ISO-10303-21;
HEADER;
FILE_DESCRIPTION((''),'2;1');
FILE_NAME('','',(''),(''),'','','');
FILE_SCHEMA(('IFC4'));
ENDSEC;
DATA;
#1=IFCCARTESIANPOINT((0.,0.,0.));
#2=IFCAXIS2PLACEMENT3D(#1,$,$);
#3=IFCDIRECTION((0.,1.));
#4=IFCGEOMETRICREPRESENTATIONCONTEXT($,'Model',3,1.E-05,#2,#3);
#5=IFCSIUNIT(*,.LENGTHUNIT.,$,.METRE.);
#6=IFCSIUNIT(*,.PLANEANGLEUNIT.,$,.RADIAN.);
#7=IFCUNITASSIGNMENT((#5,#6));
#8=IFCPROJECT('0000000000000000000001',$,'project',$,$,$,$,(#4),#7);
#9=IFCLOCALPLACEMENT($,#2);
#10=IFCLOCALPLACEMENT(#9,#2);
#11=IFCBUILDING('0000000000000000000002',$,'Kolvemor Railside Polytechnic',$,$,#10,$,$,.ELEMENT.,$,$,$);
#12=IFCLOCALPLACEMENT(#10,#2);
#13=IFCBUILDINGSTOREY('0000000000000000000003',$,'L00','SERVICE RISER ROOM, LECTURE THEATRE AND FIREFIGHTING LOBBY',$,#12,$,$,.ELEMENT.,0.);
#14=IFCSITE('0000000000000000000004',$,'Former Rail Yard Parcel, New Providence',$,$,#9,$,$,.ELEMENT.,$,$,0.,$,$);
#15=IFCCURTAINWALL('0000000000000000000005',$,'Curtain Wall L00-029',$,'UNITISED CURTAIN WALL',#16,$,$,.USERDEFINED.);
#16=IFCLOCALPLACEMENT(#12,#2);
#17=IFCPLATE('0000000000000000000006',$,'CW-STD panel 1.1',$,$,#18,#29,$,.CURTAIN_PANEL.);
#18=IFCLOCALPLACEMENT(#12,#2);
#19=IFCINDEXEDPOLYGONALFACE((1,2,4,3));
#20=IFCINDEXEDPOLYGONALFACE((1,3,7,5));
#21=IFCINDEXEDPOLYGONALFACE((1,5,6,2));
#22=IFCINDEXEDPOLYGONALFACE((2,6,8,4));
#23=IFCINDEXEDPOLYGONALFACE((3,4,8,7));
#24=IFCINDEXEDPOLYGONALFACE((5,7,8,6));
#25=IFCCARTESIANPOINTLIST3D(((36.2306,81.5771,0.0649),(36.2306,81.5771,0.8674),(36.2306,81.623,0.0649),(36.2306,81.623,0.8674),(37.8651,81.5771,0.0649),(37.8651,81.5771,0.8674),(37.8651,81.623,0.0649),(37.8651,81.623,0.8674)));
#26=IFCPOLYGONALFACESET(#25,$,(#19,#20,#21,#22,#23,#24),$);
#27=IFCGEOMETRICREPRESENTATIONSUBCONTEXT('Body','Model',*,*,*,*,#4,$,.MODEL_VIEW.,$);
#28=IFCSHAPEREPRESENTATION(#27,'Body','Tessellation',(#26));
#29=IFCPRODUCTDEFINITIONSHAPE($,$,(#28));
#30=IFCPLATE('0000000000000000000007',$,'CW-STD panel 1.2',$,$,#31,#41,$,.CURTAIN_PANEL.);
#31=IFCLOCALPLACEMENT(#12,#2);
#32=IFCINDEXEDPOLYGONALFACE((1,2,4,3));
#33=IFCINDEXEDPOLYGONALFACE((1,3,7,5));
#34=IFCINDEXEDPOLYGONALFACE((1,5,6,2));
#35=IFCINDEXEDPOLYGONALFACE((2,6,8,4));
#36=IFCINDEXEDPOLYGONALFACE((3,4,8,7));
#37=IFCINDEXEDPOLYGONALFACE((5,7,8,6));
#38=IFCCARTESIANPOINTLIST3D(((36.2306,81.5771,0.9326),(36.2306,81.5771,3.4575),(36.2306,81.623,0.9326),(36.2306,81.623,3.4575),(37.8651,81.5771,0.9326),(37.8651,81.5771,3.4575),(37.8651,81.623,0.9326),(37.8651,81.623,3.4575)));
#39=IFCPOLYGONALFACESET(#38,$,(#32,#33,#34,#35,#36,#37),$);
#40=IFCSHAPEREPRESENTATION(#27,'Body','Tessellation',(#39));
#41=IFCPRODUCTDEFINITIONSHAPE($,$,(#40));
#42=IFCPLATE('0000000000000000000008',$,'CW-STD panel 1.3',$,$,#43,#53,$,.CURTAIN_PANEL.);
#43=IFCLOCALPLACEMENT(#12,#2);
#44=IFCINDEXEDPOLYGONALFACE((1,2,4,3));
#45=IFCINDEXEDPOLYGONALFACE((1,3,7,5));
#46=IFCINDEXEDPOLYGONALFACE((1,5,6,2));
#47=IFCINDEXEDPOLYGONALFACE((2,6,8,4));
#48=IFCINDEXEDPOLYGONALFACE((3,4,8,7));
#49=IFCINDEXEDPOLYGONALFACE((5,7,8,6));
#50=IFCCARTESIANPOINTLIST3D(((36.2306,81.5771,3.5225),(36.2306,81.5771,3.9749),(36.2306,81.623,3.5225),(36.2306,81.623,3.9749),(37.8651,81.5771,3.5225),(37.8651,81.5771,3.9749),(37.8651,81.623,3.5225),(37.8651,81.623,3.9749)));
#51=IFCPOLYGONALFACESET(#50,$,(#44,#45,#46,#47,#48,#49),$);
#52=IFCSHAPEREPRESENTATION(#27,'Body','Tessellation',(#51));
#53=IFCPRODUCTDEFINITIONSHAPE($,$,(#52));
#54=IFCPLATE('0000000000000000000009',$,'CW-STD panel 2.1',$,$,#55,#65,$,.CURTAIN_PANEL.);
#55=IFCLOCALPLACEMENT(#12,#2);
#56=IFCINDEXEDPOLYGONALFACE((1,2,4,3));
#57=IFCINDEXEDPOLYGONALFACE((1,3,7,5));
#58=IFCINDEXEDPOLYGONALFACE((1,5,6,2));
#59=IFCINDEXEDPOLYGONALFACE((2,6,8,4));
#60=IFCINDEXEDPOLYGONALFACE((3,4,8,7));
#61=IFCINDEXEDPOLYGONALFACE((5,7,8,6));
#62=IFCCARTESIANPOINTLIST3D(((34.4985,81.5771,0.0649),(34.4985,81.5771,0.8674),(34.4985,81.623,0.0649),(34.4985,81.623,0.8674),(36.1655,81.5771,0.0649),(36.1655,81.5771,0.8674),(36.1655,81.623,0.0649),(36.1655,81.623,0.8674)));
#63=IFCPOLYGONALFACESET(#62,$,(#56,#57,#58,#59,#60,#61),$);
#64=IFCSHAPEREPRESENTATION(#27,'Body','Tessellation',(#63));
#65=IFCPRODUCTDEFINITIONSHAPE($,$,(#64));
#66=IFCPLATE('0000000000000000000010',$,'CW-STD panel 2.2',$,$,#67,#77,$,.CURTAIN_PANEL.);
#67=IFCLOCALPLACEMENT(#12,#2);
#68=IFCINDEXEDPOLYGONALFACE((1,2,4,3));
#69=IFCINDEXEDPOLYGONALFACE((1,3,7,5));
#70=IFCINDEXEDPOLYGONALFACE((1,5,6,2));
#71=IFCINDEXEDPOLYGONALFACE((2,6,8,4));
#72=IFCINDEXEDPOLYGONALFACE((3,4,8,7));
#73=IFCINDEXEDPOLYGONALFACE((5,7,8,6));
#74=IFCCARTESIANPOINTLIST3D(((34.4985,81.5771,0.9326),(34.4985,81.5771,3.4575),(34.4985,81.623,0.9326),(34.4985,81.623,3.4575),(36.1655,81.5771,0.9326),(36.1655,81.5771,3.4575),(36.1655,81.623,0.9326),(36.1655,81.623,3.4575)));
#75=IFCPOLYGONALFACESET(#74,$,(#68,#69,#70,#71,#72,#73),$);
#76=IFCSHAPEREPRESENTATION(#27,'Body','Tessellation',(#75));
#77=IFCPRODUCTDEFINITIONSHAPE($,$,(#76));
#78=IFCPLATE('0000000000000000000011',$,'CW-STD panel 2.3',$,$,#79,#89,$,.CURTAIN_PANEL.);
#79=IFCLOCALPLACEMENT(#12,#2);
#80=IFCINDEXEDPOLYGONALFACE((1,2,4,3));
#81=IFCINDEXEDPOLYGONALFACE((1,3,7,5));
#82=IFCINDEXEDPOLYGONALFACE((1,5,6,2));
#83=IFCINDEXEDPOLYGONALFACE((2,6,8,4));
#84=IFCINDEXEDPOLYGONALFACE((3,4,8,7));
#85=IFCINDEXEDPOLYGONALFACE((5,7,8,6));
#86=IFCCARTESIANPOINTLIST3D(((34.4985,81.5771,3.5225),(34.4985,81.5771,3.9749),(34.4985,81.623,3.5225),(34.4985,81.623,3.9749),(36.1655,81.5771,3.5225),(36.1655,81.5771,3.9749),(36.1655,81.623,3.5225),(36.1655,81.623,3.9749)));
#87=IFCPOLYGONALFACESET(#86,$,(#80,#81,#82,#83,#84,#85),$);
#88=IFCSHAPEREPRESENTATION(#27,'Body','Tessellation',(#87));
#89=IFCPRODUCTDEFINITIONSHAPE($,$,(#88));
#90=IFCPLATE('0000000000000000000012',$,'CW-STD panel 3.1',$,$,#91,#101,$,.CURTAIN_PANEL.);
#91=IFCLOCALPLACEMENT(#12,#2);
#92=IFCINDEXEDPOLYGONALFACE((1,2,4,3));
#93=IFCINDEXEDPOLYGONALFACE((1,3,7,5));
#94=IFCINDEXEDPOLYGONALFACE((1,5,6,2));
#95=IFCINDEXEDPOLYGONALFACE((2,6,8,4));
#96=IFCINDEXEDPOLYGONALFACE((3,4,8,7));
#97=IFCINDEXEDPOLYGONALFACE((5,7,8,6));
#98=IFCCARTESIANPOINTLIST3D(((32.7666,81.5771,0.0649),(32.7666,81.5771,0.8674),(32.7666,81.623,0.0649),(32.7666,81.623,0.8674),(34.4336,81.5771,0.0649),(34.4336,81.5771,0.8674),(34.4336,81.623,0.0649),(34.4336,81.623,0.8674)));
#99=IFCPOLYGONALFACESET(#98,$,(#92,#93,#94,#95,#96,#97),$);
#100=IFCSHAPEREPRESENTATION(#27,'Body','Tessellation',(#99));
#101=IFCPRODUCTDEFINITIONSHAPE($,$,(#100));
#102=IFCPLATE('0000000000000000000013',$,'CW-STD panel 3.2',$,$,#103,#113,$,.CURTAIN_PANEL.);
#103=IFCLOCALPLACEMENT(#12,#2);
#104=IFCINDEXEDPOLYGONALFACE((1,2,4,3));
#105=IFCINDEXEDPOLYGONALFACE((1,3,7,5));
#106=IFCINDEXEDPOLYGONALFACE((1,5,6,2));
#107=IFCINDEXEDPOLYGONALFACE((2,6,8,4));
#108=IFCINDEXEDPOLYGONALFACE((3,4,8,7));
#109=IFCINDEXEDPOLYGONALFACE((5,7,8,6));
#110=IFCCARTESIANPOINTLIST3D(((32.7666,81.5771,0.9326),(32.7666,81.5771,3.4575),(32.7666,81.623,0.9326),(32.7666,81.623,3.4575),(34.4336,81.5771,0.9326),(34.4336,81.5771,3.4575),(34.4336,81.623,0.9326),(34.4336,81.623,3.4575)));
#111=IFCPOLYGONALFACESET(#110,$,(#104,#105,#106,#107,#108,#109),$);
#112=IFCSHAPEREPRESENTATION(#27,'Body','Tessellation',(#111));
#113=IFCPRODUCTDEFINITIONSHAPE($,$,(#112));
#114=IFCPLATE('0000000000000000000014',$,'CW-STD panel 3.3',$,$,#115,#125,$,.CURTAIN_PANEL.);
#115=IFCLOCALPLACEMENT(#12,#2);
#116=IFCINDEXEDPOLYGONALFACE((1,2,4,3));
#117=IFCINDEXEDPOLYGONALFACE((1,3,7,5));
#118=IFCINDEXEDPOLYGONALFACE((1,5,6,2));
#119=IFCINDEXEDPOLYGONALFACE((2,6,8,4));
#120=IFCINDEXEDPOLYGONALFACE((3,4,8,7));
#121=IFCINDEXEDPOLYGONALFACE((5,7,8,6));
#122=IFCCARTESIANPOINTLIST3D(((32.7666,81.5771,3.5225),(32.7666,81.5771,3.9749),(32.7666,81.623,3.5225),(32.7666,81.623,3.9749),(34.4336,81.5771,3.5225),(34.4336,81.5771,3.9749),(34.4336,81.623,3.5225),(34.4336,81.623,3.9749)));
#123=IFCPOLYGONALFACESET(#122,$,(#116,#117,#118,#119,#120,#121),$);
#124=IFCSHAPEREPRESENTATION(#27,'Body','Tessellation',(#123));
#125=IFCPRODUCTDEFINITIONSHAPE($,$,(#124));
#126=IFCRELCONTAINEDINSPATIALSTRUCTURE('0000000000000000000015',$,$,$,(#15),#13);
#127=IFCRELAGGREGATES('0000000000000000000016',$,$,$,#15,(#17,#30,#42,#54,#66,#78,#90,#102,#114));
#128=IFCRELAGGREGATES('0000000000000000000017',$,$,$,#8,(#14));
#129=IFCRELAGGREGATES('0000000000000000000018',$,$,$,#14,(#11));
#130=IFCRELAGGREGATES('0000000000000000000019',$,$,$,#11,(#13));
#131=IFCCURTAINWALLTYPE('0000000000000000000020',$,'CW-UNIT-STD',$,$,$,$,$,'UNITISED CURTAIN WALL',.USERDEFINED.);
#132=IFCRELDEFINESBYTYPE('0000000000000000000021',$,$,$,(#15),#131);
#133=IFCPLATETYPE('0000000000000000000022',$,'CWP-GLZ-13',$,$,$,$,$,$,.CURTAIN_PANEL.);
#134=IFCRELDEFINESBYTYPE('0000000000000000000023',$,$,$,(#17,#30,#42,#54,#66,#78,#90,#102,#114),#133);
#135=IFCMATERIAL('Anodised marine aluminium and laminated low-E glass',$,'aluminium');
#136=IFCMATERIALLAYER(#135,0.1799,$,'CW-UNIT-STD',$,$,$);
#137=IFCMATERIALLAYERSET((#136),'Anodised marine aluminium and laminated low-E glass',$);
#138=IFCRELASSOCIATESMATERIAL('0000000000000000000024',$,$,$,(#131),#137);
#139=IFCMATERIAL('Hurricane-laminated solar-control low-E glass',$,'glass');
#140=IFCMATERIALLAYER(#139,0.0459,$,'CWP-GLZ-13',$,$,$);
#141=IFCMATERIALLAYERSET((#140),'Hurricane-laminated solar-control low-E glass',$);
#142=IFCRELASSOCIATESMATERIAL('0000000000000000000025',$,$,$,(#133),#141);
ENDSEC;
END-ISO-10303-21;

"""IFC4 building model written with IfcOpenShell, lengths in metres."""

from ifc_helpers import new_model, si_unit, direction, frame, origin, origin_2d, place, context, subcontext, project, spatial, rectangle, extrude, material, layer, layer_set, type_object, element, aggregate, save


model = new_model("IFC4")

# Units and contexts
model_context = context("Model", 3, precision=1e-05, world=origin(), true_north=direction((0.0, 1.0)))
body_context = subcontext(model_context, "Body", "Model", "MODEL_VIEW")
ifc_project = project(units=[si_unit("LENGTHUNIT", "METRE"), si_unit("PLANEANGLEUNIT", "RADIAN")], contexts=[model_context])

# Site, building, storey
site_placement = place(None, origin())
site = spatial("IfcSite", under=ifc_project, at=site_placement, Name="Former Rail Yard Parcel, New Providence", CompositionType="ELEMENT", RefElevation=0.0)
building_placement = place(site_placement, origin())
building = spatial("IfcBuilding", under=site, at=building_placement, Name="Kolvemor Railside Polytechnic", CompositionType="ELEMENT")
storey_placement = place(building_placement, origin())
storey = spatial("IfcBuildingStorey", under=building, at=storey_placement, Name="L00", Description="SERVICE RISER ROOM, LECTURE THEATRE AND FIREFIGHTING LOBBY", CompositionType="ELEMENT", Elevation=0.0)

# Curtain wall, plates
ifc_material_1 = material(Name="Anodised marine aluminium and laminated low-E glass", Category="aluminium")
ifc_layer_1 = layer(ifc_material_1, 0.1799, Name="CW-UNIT-STD")
ifc_layer_set_1 = layer_set([ifc_layer_1], Name="Anodised marine aluminium and laminated low-E glass")
curtain_wall_type = type_object("IfcCurtainWallType", Name="CW-UNIT-STD", ElementType="UNITISED CURTAIN WALL", PredefinedType="USERDEFINED", material=ifc_layer_set_1)
curtain_wall_placement = place(storey_placement, origin())
curtain_wall = element("IfcCurtainWall", 1, at=curtain_wall_placement, inside=storey, type_object=curtain_wall_type, Name="Curtain Wall L00-029", ObjectType="UNITISED CURTAIN WALL", PredefinedType="USERDEFINED")
ifc_material_2 = material(Name="Hurricane-laminated solar-control low-E glass", Category="glass")
ifc_layer_2 = layer(ifc_material_2, 0.0459, Name="CWP-GLZ-13")
ifc_layer_set_2 = layer_set([ifc_layer_2], Name="Hurricane-laminated solar-control low-E glass")
plate_type = type_object("IfcPlateType", Name="CWP-GLZ-13", PredefinedType="CURTAIN_PANEL", material=ifc_layer_set_2)
plate_1_placement = place(storey_placement, frame((37.0479, 81.6001, 0.0649), z_axis=(0.0, 0.0, 1.0), x_axis=(-1.0, 0.0, 0.0)))
plate_1 = element("IfcPlate", 2, at=plate_1_placement, type_object=plate_type, Name="CW-STD panel 1.1", PredefinedType="CURTAIN_PANEL", context=body_context, shape_type="SweptSolid", body=[
    extrude(rectangle(XDim=1.6345, YDim=0.0459, at=origin_2d()), origin(), (0.0, 0.0, 1.0), 0.8025),
])
plate_2_placement = place(storey_placement, frame((37.0479, 81.6001, 0.9326), z_axis=(0.0, 0.0, 1.0), x_axis=(-1.0, 0.0, 0.0)))
plate_2 = element("IfcPlate", 3, at=plate_2_placement, type_object=plate_type, Name="CW-STD panel 1.2", PredefinedType="CURTAIN_PANEL", context=body_context, shape_type="SweptSolid", body=[
    extrude(rectangle(XDim=1.6345, YDim=0.0459, at=origin_2d()), origin(), (0.0, 0.0, 1.0), 2.5249),
])
plate_3_placement = place(storey_placement, frame((37.0479, 81.6001, 3.5225), z_axis=(0.0, 0.0, 1.0), x_axis=(-1.0, 0.0, 0.0)))
plate_3 = element("IfcPlate", 4, at=plate_3_placement, type_object=plate_type, Name="CW-STD panel 1.3", PredefinedType="CURTAIN_PANEL", context=body_context, shape_type="SweptSolid", body=[
    extrude(rectangle(XDim=1.6345, YDim=0.0459, at=origin_2d()), origin(), (0.0, 0.0, 1.0), 0.4524),
])
plate_4_placement = place(storey_placement, frame((35.332, 81.6001, 0.0649), z_axis=(0.0, 0.0, 1.0), x_axis=(-1.0, 0.0, 0.0)))
plate_4 = element("IfcPlate", 5, at=plate_4_placement, type_object=plate_type, Name="CW-STD panel 2.1", PredefinedType="CURTAIN_PANEL", context=body_context, shape_type="SweptSolid", body=[
    extrude(rectangle(XDim=1.667, YDim=0.0459, at=origin_2d()), origin(), (0.0, 0.0, 1.0), 0.8025),
])
plate_5_placement = place(storey_placement, frame((35.332, 81.6001, 0.9326), z_axis=(0.0, 0.0, 1.0), x_axis=(-1.0, 0.0, 0.0)))
plate_5 = element("IfcPlate", 6, at=plate_5_placement, type_object=plate_type, Name="CW-STD panel 2.2", PredefinedType="CURTAIN_PANEL", context=body_context, shape_type="SweptSolid", body=[
    extrude(rectangle(XDim=1.667, YDim=0.0459, at=origin_2d()), origin(), (0.0, 0.0, 1.0), 2.5249),
])
plate_6_placement = place(storey_placement, frame((35.332, 81.6001, 3.5225), z_axis=(0.0, 0.0, 1.0), x_axis=(-1.0, 0.0, 0.0)))
plate_6 = element("IfcPlate", 7, at=plate_6_placement, type_object=plate_type, Name="CW-STD panel 2.3", PredefinedType="CURTAIN_PANEL", context=body_context, shape_type="SweptSolid", body=[
    extrude(rectangle(XDim=1.667, YDim=0.0459, at=origin_2d()), origin(), (0.0, 0.0, 1.0), 0.4524),
])
plate_7_placement = place(storey_placement, frame((33.6001, 81.6001, 0.0649), z_axis=(0.0, 0.0, 1.0), x_axis=(-1.0, 0.0, 0.0)))
plate_7 = element("IfcPlate", 8, at=plate_7_placement, type_object=plate_type, Name="CW-STD panel 3.1", PredefinedType="CURTAIN_PANEL", context=body_context, shape_type="SweptSolid", body=[
    extrude(rectangle(XDim=1.667, YDim=0.0459, at=origin_2d()), origin(), (0.0, 0.0, 1.0), 0.8025),
])
plate_8_placement = place(storey_placement, frame((33.6001, 81.6001, 0.9326), z_axis=(0.0, 0.0, 1.0), x_axis=(-1.0, 0.0, 0.0)))
plate_8 = element("IfcPlate", 9, at=plate_8_placement, type_object=plate_type, Name="CW-STD panel 3.2", PredefinedType="CURTAIN_PANEL", context=body_context, shape_type="SweptSolid", body=[
    extrude(rectangle(XDim=1.667, YDim=0.0459, at=origin_2d()), origin(), (0.0, 0.0, 1.0), 2.5249),
])
plate_9_placement = place(storey_placement, frame((33.6001, 81.6001, 3.5225), z_axis=(0.0, 0.0, 1.0), x_axis=(-1.0, 0.0, 0.0)))
plate_9 = element("IfcPlate", 10, at=plate_9_placement, type_object=plate_type, Name="CW-STD panel 3.3", PredefinedType="CURTAIN_PANEL", context=body_context, shape_type="SweptSolid", body=[
    extrude(rectangle(XDim=1.667, YDim=0.0459, at=origin_2d()), origin(), (0.0, 0.0, 1.0), 0.4524),
])
aggregate(curtain_wall, [plate_1, plate_2, plate_3, plate_4, plate_5, plate_6, plate_7, plate_8, plate_9])

save(model, "model.ifc")
